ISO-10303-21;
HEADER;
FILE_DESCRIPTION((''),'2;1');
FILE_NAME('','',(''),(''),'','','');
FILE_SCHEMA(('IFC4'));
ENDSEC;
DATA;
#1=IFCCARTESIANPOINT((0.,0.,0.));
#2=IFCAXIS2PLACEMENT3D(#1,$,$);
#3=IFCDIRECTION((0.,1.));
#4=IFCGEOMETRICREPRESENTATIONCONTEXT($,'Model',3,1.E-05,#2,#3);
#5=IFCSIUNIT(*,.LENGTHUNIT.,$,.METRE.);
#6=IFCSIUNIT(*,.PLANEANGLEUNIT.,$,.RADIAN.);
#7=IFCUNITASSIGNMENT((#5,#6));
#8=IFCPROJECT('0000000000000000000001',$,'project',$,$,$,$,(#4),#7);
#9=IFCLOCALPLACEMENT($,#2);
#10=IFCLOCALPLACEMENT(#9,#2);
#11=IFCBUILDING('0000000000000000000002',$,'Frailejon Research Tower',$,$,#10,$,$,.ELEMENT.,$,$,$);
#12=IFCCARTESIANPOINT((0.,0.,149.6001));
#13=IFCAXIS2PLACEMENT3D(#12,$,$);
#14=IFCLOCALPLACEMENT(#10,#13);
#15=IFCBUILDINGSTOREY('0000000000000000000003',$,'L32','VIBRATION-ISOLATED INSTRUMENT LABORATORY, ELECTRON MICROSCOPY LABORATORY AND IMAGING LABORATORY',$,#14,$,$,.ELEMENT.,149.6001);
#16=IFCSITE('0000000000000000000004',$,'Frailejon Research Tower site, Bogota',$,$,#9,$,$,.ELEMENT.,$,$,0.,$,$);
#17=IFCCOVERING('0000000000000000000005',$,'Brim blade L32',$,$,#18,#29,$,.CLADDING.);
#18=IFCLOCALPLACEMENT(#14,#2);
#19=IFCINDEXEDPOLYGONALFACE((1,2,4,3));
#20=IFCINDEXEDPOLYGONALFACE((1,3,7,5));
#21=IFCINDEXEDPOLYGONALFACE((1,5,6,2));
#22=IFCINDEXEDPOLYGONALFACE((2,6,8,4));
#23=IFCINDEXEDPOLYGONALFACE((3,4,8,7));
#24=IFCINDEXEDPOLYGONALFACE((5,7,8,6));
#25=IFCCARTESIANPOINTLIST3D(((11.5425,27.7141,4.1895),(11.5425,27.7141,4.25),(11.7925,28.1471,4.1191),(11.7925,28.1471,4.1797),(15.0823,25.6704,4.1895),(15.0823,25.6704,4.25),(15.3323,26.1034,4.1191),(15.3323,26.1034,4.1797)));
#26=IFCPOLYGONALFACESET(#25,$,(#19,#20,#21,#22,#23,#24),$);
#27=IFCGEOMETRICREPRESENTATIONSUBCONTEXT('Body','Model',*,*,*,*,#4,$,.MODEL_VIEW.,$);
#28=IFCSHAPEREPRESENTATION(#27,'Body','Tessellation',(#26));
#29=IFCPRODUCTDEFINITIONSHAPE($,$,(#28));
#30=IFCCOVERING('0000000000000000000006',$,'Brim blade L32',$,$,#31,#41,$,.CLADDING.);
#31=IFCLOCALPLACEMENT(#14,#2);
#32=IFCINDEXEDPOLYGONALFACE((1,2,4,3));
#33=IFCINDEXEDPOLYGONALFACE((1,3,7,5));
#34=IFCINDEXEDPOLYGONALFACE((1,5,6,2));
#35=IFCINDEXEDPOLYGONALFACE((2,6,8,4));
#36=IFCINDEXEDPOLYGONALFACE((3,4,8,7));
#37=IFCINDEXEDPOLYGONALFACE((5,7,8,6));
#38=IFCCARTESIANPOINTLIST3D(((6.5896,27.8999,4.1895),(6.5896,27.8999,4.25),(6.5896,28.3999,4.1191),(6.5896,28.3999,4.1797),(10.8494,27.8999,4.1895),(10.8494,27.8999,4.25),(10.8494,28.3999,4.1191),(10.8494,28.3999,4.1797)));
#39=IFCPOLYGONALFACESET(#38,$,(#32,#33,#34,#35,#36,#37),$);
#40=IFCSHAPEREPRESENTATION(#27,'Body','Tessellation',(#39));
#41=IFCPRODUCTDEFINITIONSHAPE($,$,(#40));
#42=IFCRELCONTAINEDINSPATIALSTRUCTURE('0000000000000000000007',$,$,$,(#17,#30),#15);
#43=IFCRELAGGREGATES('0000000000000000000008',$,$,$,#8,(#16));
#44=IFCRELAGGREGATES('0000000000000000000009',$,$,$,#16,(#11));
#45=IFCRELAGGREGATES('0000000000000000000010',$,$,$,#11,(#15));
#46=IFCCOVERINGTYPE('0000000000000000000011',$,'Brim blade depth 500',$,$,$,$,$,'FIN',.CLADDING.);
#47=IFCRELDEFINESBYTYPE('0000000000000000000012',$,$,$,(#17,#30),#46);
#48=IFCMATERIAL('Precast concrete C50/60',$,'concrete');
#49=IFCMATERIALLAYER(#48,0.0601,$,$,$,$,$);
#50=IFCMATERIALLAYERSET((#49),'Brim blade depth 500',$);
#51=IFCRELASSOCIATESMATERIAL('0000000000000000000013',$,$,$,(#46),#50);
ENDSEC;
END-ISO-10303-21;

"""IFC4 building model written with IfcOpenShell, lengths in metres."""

from ifc_helpers import new_model, si_unit, direction, frame, origin, place, context, subcontext, project, spatial, polyline, outline, extrude, material, layer, layer_set, type_object, element, save


model = new_model("IFC4")

# Units and contexts
model_context = context("Model", 3, precision=1e-05, world=origin(), true_north=direction((0.0, 1.0)))
body_context = subcontext(model_context, "Body", "Model", "MODEL_VIEW")
ifc_project = project(units=[si_unit("LENGTHUNIT", "METRE"), si_unit("PLANEANGLEUNIT", "RADIAN")], contexts=[model_context])

# Site, building, storey
site_placement = place(None, origin())
site = spatial("IfcSite", under=ifc_project, at=site_placement, Name="Frailejon Research Tower site, Bogota", CompositionType="ELEMENT", RefElevation=0.0)
building_placement = place(site_placement, origin())
building = spatial("IfcBuilding", under=site, at=building_placement, Name="Frailejon Research Tower", CompositionType="ELEMENT")
storey_placement = place(building_placement, frame((0.0, 0.0, 149.6001)))
storey = spatial("IfcBuildingStorey", under=building, at=storey_placement, Name="L32", Description="VIBRATION-ISOLATED INSTRUMENT LABORATORY, ELECTRON MICROSCOPY LABORATORY AND IMAGING LABORATORY", CompositionType="ELEMENT", Elevation=149.6001)

# Coverings
ifc_material_1 = material(Name="Precast concrete C50/60", Category="concrete")
ifc_layer_1 = layer(ifc_material_1, 0.0601)
ifc_layer_set_1 = layer_set([ifc_layer_1], Name="Brim blade depth 500")
covering_type_1 = type_object("IfcCoveringType", Name="Brim blade depth 500", ElementType="FIN", PredefinedType="CLADDING", material=ifc_layer_set_1)
covering_1_placement = place(storey_placement, frame((11.5425, 27.7141, 4.25), z_axis=(0.866021, -0.500007, 0.0), x_axis=(0.500007, 0.866021, 0.0)))
element("IfcCovering", 1, at=covering_1_placement, inside=storey, type_object=covering_type_1, Name="Brim blade L32", PredefinedType="CLADDING", context=body_context, shape_type="SweptSolid", body=[
    extrude(outline(polyline([(0.0, -0.0605), (0.5, -0.1309), (0.5, -0.0703), (0.0, 0.0), (0.0, -0.0605)])), origin(), (0.0, 0.0, 1.0), 4.0874),
])
covering_2_placement = place(storey_placement, frame((6.5896, 27.8999, 4.25), z_axis=(1.0, 0.0, 0.0), x_axis=(0.0, 1.0, 0.0)))
element("IfcCovering", 2, at=covering_2_placement, inside=storey, type_object=covering_type_1, Name="Brim blade L32", PredefinedType="CLADDING", context=body_context, shape_type="SweptSolid", body=[
    extrude(outline(polyline([(0.0, -0.0605), (0.5, -0.1309), (0.5, -0.0703), (0.0, 0.0), (0.0, -0.0605)])), origin(), (0.0, 0.0, 1.0), 4.2598),
])

save(model, "model.ifc")
